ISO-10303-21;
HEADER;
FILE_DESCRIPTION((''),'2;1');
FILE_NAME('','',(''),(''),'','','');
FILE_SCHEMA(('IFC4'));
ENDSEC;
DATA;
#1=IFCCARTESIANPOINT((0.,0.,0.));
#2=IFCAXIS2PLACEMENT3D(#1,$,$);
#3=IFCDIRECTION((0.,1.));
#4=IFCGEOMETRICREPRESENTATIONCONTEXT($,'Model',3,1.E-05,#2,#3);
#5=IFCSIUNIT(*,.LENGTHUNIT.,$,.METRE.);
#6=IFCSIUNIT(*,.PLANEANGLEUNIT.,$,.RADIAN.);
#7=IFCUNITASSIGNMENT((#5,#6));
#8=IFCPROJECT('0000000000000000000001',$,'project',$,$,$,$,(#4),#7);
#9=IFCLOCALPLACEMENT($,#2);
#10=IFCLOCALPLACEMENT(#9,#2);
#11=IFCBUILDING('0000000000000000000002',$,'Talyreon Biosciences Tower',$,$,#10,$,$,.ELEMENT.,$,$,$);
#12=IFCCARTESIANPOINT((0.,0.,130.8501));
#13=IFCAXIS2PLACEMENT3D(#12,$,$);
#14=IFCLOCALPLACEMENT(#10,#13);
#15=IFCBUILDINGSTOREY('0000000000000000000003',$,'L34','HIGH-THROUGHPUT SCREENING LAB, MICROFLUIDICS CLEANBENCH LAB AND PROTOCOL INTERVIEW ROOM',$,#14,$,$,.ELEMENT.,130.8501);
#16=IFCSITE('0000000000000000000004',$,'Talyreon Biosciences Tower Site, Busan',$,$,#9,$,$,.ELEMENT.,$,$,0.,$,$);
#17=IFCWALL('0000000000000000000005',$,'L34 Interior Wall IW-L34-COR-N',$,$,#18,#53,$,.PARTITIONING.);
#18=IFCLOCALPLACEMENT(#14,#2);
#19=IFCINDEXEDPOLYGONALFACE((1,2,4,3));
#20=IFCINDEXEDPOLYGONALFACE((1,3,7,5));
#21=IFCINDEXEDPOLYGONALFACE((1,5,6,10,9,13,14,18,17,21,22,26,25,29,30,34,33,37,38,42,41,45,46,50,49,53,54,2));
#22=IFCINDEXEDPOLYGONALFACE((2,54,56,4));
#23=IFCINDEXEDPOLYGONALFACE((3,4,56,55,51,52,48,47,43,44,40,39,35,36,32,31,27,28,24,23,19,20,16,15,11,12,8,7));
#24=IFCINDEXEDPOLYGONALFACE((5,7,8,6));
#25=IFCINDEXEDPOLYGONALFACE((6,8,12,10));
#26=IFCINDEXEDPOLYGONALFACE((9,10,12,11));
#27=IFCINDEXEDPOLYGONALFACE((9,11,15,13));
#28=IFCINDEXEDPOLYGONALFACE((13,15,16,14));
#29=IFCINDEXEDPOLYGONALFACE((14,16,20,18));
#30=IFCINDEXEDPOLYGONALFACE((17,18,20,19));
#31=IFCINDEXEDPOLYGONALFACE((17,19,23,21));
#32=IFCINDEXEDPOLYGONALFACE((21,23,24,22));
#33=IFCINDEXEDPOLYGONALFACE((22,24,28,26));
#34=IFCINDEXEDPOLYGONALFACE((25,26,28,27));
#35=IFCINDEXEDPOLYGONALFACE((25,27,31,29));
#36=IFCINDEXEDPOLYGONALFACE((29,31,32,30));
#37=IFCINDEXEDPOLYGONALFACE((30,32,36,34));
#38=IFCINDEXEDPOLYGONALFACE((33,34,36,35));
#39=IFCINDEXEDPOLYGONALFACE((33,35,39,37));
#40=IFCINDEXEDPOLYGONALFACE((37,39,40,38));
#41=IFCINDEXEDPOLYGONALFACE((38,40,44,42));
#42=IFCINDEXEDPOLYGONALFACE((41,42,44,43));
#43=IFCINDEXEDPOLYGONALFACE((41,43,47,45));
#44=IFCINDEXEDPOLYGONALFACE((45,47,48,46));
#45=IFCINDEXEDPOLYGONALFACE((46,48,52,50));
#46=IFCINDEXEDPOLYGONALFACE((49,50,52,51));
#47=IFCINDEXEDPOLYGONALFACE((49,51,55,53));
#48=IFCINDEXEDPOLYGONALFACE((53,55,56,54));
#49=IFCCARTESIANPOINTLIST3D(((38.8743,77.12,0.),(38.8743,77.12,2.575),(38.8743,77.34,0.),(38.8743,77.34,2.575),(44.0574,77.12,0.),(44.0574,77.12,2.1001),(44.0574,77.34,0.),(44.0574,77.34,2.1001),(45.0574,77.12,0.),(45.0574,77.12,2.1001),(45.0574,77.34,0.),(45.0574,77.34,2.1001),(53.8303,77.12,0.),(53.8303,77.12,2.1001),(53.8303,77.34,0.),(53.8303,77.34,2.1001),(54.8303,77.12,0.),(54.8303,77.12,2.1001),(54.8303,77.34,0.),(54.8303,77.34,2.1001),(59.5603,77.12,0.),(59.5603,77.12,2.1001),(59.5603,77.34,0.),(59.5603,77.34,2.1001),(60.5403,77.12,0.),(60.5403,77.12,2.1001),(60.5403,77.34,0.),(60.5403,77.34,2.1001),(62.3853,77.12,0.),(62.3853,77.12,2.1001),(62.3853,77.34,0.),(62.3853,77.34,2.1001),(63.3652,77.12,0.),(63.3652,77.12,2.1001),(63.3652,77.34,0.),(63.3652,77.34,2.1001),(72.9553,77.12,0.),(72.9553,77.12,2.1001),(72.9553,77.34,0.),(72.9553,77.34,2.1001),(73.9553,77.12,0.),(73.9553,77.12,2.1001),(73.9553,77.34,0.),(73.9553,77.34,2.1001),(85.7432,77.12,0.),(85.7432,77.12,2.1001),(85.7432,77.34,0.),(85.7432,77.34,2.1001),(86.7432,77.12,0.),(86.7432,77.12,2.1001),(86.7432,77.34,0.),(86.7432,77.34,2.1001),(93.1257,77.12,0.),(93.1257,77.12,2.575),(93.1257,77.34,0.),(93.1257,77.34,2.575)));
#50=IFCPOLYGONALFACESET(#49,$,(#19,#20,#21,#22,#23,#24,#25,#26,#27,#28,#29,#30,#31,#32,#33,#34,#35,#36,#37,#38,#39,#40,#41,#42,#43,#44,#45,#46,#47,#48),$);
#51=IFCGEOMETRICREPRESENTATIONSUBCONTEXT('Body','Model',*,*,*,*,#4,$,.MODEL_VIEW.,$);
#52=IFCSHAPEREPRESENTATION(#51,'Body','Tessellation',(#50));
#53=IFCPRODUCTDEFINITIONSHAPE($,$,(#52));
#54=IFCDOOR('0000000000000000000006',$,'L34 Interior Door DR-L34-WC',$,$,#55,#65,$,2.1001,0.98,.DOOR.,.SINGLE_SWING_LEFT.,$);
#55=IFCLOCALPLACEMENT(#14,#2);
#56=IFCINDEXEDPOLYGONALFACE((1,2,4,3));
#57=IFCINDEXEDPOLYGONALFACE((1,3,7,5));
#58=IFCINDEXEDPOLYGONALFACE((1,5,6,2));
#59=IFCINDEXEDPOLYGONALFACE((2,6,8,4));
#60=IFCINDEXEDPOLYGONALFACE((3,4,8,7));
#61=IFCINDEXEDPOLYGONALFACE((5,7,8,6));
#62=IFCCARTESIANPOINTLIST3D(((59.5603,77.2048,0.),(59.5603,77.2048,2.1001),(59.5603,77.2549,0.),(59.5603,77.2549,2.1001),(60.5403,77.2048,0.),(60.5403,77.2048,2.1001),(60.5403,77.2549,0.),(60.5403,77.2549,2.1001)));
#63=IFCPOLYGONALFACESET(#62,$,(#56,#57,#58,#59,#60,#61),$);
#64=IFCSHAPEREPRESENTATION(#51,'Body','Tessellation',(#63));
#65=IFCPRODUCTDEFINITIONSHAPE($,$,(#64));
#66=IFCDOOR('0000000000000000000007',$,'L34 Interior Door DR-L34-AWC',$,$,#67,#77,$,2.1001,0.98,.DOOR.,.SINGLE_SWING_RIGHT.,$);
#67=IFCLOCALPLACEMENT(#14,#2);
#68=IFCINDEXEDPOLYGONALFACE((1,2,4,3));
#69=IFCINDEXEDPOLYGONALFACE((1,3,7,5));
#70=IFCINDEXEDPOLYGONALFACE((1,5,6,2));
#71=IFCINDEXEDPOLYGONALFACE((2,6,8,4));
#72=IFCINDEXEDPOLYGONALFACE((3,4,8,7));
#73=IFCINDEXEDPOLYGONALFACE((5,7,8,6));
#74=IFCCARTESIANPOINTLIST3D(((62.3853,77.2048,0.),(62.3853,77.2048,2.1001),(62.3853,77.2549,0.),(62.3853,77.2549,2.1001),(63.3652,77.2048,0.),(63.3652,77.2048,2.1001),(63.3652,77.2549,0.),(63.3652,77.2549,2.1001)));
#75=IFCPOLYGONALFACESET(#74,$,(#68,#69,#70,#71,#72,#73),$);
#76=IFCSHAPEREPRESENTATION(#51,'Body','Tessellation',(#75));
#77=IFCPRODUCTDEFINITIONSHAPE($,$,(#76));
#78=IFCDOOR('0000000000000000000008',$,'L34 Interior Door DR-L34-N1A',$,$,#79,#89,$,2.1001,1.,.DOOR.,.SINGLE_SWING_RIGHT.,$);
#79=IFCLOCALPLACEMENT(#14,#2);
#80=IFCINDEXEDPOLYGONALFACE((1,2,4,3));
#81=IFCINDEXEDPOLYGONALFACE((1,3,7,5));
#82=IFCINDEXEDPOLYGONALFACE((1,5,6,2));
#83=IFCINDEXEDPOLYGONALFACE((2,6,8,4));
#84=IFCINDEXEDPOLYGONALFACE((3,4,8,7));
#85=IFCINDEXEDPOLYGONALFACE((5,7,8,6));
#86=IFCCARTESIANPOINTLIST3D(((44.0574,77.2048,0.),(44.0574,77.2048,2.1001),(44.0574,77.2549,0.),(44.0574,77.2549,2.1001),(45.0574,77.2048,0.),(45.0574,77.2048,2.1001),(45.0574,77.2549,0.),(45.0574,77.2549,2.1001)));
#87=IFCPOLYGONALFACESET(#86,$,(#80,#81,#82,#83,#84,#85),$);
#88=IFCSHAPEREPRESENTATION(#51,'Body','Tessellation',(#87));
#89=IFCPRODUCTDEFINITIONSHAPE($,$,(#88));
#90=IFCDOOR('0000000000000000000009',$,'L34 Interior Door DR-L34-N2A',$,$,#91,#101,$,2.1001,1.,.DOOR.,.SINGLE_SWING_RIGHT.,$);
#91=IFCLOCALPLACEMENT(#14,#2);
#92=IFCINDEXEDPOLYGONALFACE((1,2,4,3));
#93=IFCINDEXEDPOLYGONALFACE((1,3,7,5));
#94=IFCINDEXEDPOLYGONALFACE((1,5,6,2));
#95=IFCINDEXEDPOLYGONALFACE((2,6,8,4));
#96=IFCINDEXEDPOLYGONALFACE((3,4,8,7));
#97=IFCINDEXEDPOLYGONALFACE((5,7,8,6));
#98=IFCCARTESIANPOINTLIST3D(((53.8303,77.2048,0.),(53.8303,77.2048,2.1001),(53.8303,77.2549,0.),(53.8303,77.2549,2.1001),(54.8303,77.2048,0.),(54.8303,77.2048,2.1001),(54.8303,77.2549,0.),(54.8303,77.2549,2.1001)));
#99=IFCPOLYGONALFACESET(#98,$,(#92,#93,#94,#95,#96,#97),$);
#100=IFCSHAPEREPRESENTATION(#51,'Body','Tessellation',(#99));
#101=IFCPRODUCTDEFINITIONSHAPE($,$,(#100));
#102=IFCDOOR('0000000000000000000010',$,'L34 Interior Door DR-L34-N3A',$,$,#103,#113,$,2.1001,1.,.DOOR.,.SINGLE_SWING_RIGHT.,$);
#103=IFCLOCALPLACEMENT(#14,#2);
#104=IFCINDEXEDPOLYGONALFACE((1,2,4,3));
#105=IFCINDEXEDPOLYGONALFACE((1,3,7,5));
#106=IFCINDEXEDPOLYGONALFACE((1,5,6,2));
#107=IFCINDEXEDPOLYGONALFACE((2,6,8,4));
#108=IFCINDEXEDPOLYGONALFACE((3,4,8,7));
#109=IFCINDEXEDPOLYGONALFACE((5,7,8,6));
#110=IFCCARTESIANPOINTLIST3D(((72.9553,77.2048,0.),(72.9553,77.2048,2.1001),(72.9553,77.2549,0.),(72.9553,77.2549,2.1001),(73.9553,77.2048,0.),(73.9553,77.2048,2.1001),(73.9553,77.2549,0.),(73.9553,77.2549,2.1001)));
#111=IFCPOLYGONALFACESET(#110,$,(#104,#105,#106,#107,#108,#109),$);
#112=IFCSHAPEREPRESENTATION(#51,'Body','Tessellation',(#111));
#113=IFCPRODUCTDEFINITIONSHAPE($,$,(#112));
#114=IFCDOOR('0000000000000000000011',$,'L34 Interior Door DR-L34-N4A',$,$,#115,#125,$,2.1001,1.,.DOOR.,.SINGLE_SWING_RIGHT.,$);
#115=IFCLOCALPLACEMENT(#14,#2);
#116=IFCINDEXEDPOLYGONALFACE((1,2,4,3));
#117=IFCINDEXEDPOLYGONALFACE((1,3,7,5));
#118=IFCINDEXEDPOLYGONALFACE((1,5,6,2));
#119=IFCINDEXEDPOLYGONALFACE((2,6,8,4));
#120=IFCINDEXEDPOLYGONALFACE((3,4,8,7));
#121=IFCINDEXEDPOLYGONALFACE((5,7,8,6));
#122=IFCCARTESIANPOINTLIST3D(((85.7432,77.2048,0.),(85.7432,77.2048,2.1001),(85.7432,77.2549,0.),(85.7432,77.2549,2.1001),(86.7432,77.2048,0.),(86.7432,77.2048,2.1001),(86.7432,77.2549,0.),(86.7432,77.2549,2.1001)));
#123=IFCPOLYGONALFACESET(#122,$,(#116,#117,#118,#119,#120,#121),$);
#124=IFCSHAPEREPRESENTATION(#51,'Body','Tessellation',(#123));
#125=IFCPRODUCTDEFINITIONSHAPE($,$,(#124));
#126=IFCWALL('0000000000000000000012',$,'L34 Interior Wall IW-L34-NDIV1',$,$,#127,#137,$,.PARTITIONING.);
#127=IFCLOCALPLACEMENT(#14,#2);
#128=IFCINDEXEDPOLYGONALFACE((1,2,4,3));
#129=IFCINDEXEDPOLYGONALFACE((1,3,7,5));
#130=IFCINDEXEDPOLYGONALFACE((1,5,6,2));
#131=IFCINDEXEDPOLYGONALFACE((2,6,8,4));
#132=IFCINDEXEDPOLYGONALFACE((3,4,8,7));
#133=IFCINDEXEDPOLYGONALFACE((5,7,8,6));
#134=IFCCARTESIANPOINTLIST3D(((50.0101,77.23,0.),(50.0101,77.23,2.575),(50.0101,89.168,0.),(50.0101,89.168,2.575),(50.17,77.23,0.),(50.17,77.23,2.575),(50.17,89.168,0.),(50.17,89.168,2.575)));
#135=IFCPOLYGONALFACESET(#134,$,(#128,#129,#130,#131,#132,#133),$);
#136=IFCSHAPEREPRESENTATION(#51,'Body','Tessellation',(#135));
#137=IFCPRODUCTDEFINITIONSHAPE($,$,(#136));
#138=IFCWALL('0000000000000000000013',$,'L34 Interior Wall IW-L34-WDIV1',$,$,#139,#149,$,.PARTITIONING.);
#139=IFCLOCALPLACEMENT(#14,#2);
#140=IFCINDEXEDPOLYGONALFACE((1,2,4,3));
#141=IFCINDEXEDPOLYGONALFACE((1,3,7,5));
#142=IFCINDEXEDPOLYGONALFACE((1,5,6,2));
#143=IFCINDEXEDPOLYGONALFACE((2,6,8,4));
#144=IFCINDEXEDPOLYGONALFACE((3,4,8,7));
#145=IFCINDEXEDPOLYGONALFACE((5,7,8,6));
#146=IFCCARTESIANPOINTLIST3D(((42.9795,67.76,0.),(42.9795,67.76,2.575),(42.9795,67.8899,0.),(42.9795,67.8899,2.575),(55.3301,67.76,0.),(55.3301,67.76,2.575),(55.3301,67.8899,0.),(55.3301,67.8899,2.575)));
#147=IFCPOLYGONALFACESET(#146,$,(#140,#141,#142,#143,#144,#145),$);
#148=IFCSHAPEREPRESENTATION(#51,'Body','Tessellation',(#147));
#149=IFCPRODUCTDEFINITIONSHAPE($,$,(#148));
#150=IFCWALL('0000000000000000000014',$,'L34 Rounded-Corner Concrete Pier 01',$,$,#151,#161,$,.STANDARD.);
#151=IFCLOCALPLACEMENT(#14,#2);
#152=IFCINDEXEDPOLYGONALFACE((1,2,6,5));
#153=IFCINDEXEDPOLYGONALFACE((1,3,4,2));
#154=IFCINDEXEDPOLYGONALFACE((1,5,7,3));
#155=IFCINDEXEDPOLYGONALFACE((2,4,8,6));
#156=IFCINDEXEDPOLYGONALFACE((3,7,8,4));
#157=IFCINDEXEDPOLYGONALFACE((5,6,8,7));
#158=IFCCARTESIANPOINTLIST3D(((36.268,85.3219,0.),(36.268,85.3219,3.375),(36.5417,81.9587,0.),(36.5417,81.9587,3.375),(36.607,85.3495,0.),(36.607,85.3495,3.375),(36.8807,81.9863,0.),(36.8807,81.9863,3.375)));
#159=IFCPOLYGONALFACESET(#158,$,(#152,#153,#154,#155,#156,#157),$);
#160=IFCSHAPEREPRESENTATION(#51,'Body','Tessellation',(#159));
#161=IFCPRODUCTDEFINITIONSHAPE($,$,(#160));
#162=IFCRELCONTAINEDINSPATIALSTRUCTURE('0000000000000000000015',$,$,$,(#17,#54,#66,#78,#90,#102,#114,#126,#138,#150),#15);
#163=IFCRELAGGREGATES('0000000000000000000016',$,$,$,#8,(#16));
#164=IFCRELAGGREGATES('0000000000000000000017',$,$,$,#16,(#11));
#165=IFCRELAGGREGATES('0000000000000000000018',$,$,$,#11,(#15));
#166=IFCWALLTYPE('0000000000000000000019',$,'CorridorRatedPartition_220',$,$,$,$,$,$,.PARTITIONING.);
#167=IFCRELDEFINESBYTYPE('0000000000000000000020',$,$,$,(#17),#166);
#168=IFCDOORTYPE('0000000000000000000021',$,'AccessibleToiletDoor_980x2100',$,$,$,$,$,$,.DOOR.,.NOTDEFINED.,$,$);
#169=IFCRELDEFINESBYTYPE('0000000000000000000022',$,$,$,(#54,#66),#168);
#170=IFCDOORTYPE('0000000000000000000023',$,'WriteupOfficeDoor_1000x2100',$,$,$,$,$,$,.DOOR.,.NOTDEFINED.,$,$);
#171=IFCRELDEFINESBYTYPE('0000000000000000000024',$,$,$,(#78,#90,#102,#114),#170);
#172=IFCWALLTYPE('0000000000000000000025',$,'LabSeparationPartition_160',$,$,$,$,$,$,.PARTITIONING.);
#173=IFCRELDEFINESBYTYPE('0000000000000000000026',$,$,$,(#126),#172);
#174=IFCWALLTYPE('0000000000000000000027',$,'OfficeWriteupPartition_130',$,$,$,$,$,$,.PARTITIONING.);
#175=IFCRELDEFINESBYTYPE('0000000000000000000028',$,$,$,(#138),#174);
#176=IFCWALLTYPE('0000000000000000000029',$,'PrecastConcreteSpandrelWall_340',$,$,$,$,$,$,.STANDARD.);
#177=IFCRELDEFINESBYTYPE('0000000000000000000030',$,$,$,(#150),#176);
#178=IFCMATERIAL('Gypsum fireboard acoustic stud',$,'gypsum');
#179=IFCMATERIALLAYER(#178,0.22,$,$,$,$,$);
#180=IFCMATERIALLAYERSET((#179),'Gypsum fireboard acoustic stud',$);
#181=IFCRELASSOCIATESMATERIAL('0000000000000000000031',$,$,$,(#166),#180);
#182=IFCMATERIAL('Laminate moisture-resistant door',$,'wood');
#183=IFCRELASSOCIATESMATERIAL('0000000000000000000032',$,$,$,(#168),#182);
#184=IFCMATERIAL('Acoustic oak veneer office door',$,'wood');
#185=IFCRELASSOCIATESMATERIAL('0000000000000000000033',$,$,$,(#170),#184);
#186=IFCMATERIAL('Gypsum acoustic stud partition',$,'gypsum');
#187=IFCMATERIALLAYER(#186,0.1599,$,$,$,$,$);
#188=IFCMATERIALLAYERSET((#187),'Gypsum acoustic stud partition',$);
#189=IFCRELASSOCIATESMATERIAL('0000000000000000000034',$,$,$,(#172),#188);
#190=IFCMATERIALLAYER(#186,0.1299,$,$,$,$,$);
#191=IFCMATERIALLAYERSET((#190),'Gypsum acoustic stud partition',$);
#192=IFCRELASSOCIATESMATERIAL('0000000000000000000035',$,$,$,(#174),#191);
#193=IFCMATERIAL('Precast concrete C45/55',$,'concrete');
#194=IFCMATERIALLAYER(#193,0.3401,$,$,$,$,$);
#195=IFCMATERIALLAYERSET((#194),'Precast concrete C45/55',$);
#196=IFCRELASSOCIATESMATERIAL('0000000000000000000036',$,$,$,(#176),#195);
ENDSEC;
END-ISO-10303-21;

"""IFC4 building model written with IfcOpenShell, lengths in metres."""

from ifc_helpers import new_model, si_unit, direction, frame, frame_2d, origin, place, context, subcontext, project, spatial, rectangle, extrude, material, layer, layer_set, type_object, element, fill, save


model = new_model("IFC4")

# Units and contexts
model_context = context("Model", 3, precision=1e-05, world=origin(), true_north=direction((0.0, 1.0)))
body_context = subcontext(model_context, "Body", "Model", "MODEL_VIEW")
ifc_project = project(units=[si_unit("LENGTHUNIT", "METRE"), si_unit("PLANEANGLEUNIT", "RADIAN")], contexts=[model_context])

# Site, building, storey
site_placement = place(None, origin())
site = spatial("IfcSite", under=ifc_project, at=site_placement, Name="Talyreon Biosciences Tower Site, Busan", CompositionType="ELEMENT", RefElevation=0.0)
building_placement = place(site_placement, origin())
building = spatial("IfcBuilding", under=site, at=building_placement, Name="Talyreon Biosciences Tower", CompositionType="ELEMENT")
storey_placement = place(building_placement, frame((0.0, 0.0, 130.8501)))
storey = spatial("IfcBuildingStorey", under=building, at=storey_placement, Name="L34", Description="HIGH-THROUGHPUT SCREENING LAB, MICROFLUIDICS CLEANBENCH LAB AND PROTOCOL INTERVIEW ROOM", CompositionType="ELEMENT", Elevation=130.8501)

# Shared definitions
ifc_material_1 = material(Name="Precast concrete C45/55", Category="concrete")

# Wall, openings, doors
ifc_material_2 = material(Name="Gypsum fireboard acoustic stud", Category="gypsum")
ifc_layer_1 = layer(ifc_material_2, 0.22)
ifc_layer_set_1 = layer_set([ifc_layer_1], Name="Gypsum fireboard acoustic stud")
wall_type_1 = type_object("IfcWallType", Name="CorridorRatedPartition_220", PredefinedType="PARTITIONING", material=ifc_layer_set_1)
wall_1_placement = place(storey_placement, frame((38.8743, 77.23, 0.0), z_axis=(0.0, 0.0, 1.0), x_axis=(1.0, 0.0, 0.0)))
wall_1 = element("IfcWall", 1, at=wall_1_placement, inside=storey, type_object=wall_type_1, Name="L34 Interior Wall IW-L34-COR-N", PredefinedType="PARTITIONING", context=body_context, shape_type="SweptSolid", body=[
    extrude(rectangle(XDim=54.2515, YDim=0.22, at=frame_2d((27.1257, 0.0))), origin(), (0.0, 0.0, 1.0), 2.575),
])
opening_1_placement = place(wall_1_placement, frame((20.686, 0.0, 0.0)))
opening_1 = element("IfcOpeningElement", 2, at=opening_1_placement, cuts=wall_1, PredefinedType="OPENING", context=body_context, shape_type="SweptSolid", body=[
    extrude(rectangle(XDim=0.98, YDim=2.1001, at=frame_2d((0.49, 1.05))), frame((0.0, 0.1199, 0.0), z_axis=(0.0, -1.0, 0.0), x_axis=(1.0, 0.0, 0.0)), (0.0, 0.0, 1.0), 0.24),
])
opening_2_placement = place(wall_1_placement, frame((23.511, 0.0, 0.0)))
opening_2 = element("IfcOpeningElement", 3, at=opening_2_placement, cuts=wall_1, PredefinedType="OPENING", context=body_context, shape_type="SweptSolid", body=[
    extrude(rectangle(XDim=0.98, YDim=2.1001, at=frame_2d((0.49, 1.05))), frame((0.0, 0.1199, 0.0), z_axis=(0.0, -1.0, 0.0), x_axis=(1.0, 0.0, 0.0)), (0.0, 0.0, 1.0), 0.24),
])
opening_3_placement = place(wall_1_placement, frame((5.1831, 0.0, 0.0)))
opening_3 = element("IfcOpeningElement", 4, at=opening_3_placement, cuts=wall_1, PredefinedType="OPENING", context=body_context, shape_type="SweptSolid", body=[
    extrude(rectangle(XDim=1.0, YDim=2.1001, at=frame_2d((0.5, 1.05))), frame((0.0, 0.1199, 0.0), z_axis=(0.0, -1.0, 0.0), x_axis=(1.0, 0.0, 0.0)), (0.0, 0.0, 1.0), 0.24),
])
opening_4_placement = place(wall_1_placement, frame((14.9561, 0.0, 0.0)))
opening_4 = element("IfcOpeningElement", 5, at=opening_4_placement, cuts=wall_1, PredefinedType="OPENING", context=body_context, shape_type="SweptSolid", body=[
    extrude(rectangle(XDim=1.0, YDim=2.1001, at=frame_2d((0.5, 1.05))), frame((0.0, 0.1199, 0.0), z_axis=(0.0, -1.0, 0.0), x_axis=(1.0, 0.0, 0.0)), (0.0, 0.0, 1.0), 0.24),
])
opening_5_placement = place(wall_1_placement, frame((34.0811, 0.0, 0.0)))
opening_5 = element("IfcOpeningElement", 6, at=opening_5_placement, cuts=wall_1, PredefinedType="OPENING", context=body_context, shape_type="SweptSolid", body=[
    extrude(rectangle(XDim=1.0, YDim=2.1001, at=frame_2d((0.5, 1.05))), frame((0.0, 0.1199, 0.0), z_axis=(0.0, -1.0, 0.0), x_axis=(1.0, 0.0, 0.0)), (0.0, 0.0, 1.0), 0.24),
])
opening_6_placement = place(wall_1_placement, frame((46.8689, 0.0, 0.0)))
opening_6 = element("IfcOpeningElement", 7, at=opening_6_placement, cuts=wall_1, PredefinedType="OPENING", context=body_context, shape_type="SweptSolid", body=[
    extrude(rectangle(XDim=1.0, YDim=2.1001, at=frame_2d((0.5, 1.05))), frame((0.0, 0.1199, 0.0), z_axis=(0.0, -1.0, 0.0), x_axis=(1.0, 0.0, 0.0)), (0.0, 0.0, 1.0), 0.24),
])
ifc_material_3 = material(Name="Laminate moisture-resistant door", Category="wood")
door_type_1 = type_object("IfcDoorType", Name="AccessibleToiletDoor_980x2100", OperationType="NOTDEFINED", PredefinedType="DOOR", material=ifc_material_3)
door_1_placement = place(opening_1_placement, origin())
door_1 = element("IfcDoor", 8, at=door_1_placement, inside=storey, type_object=door_type_1, Name="L34 Interior Door DR-L34-WC", OperationType="SINGLE_SWING_LEFT", OverallHeight=2.1001, OverallWidth=0.98, PredefinedType="DOOR", context=body_context, shape_type="SweptSolid", body=[
    extrude(rectangle(XDim=0.98, YDim=2.1001, at=frame_2d((0.49, 1.05))), frame((0.0, 0.0249, 0.0), z_axis=(0.0, -1.0, 0.0), x_axis=(1.0, 0.0, 0.0)), (0.0, 0.0, 1.0), 0.05),
])
fill(opening_1, door_1)
door_2_placement = place(opening_2_placement, origin())
door_2 = element("IfcDoor", 9, at=door_2_placement, inside=storey, type_object=door_type_1, Name="L34 Interior Door DR-L34-AWC", OperationType="SINGLE_SWING_RIGHT", OverallHeight=2.1001, OverallWidth=0.98, PredefinedType="DOOR", context=body_context, shape_type="SweptSolid", body=[
    extrude(rectangle(XDim=0.98, YDim=2.1001, at=frame_2d((0.49, 1.05))), frame((0.0, 0.0249, 0.0), z_axis=(0.0, -1.0, 0.0), x_axis=(1.0, 0.0, 0.0)), (0.0, 0.0, 1.0), 0.05),
])
fill(opening_2, door_2)
ifc_material_4 = material(Name="Acoustic oak veneer office door", Category="wood")
door_type_2 = type_object("IfcDoorType", Name="WriteupOfficeDoor_1000x2100", OperationType="NOTDEFINED", PredefinedType="DOOR", material=ifc_material_4)
door_3_placement = place(opening_3_placement, origin())
door_3 = element("IfcDoor", 10, at=door_3_placement, inside=storey, type_object=door_type_2, Name="L34 Interior Door DR-L34-N1A", OperationType="SINGLE_SWING_RIGHT", OverallHeight=2.1001, OverallWidth=1.0, PredefinedType="DOOR", context=body_context, shape_type="SweptSolid", body=[
    extrude(rectangle(XDim=1.0, YDim=2.1001, at=frame_2d((0.5, 1.05))), frame((0.0, 0.0249, 0.0), z_axis=(0.0, -1.0, 0.0), x_axis=(1.0, 0.0, 0.0)), (0.0, 0.0, 1.0), 0.05),
])
fill(opening_3, door_3)
door_4_placement = place(opening_4_placement, origin())
door_4 = element("IfcDoor", 11, at=door_4_placement, inside=storey, type_object=door_type_2, Name="L34 Interior Door DR-L34-N2A", OperationType="SINGLE_SWING_RIGHT", OverallHeight=2.1001, OverallWidth=1.0, PredefinedType="DOOR", context=body_context, shape_type="SweptSolid", body=[
    extrude(rectangle(XDim=1.0, YDim=2.1001, at=frame_2d((0.5, 1.05))), frame((0.0, 0.0249, 0.0), z_axis=(0.0, -1.0, 0.0), x_axis=(1.0, 0.0, 0.0)), (0.0, 0.0, 1.0), 0.05),
])
fill(opening_4, door_4)
door_5_placement = place(opening_5_placement, origin())
door_5 = element("IfcDoor", 12, at=door_5_placement, inside=storey, type_object=door_type_2, Name="L34 Interior Door DR-L34-N3A", OperationType="SINGLE_SWING_RIGHT", OverallHeight=2.1001, OverallWidth=1.0, PredefinedType="DOOR", context=body_context, shape_type="SweptSolid", body=[
    extrude(rectangle(XDim=1.0, YDim=2.1001, at=frame_2d((0.5, 1.05))), frame((0.0, 0.0249, 0.0), z_axis=(0.0, -1.0, 0.0), x_axis=(1.0, 0.0, 0.0)), (0.0, 0.0, 1.0), 0.05),
])
fill(opening_5, door_5)
door_6_placement = place(opening_6_placement, origin())
door_6 = element("IfcDoor", 13, at=door_6_placement, inside=storey, type_object=door_type_2, Name="L34 Interior Door DR-L34-N4A", OperationType="SINGLE_SWING_RIGHT", OverallHeight=2.1001, OverallWidth=1.0, PredefinedType="DOOR", context=body_context, shape_type="SweptSolid", body=[
    extrude(rectangle(XDim=1.0, YDim=2.1001, at=frame_2d((0.5, 1.05))), frame((0.0, 0.0249, 0.0), z_axis=(0.0, -1.0, 0.0), x_axis=(1.0, 0.0, 0.0)), (0.0, 0.0, 1.0), 0.05),
])
fill(opening_6, door_6)

# Walls
ifc_material_5 = material(Name="Gypsum acoustic stud partition", Category="gypsum")
ifc_layer_2 = layer(ifc_material_5, 0.1599)
ifc_layer_set_2 = layer_set([ifc_layer_2], Name="Gypsum acoustic stud partition")
wall_type_2 = type_object("IfcWallType", Name="LabSeparationPartition_160", PredefinedType="PARTITIONING", material=ifc_layer_set_2)
wall_2_placement = place(storey_placement, frame((50.0901, 77.23, 0.0), z_axis=(0.0, 0.0, 1.0), x_axis=(0.0, 1.0, 0.0)))
element("IfcWall", 14, at=wall_2_placement, inside=storey, type_object=wall_type_2, Name="L34 Interior Wall IW-L34-NDIV1", PredefinedType="PARTITIONING", context=body_context, shape_type="SweptSolid", body=[
    extrude(rectangle(XDim=11.938, YDim=0.1599, at=frame_2d((5.969, 0.0))), origin(), (0.0, 0.0, 1.0), 2.575),
])
ifc_layer_3 = layer(ifc_material_5, 0.1299)
ifc_layer_set_3 = layer_set([ifc_layer_3], Name="Gypsum acoustic stud partition")
wall_type_3 = type_object("IfcWallType", Name="OfficeWriteupPartition_130", PredefinedType="PARTITIONING", material=ifc_layer_set_3)
wall_3_placement = place(storey_placement, frame((42.9795, 67.825, 0.0), z_axis=(0.0, 0.0, 1.0), x_axis=(1.0, 0.0, 0.0)))
element("IfcWall", 15, at=wall_3_placement, inside=storey, type_object=wall_type_3, Name="L34 Interior Wall IW-L34-WDIV1", PredefinedType="PARTITIONING", context=body_context, shape_type="SweptSolid", body=[
    extrude(rectangle(XDim=12.3506, YDim=0.1299, at=frame_2d((6.1753, 0.0))), origin(), (0.0, 0.0, 1.0), 2.575),
])
ifc_layer_4 = layer(ifc_material_1, 0.3401)
ifc_layer_set_4 = layer_set([ifc_layer_4], Name="Precast concrete C45/55")
wall_type_4 = type_object("IfcWallType", Name="PrecastConcreteSpandrelWall_340", PredefinedType="STANDARD", material=ifc_layer_set_4)
wall_4_placement = place(storey_placement, frame((36.7112, 81.9727, 0.0), z_axis=(0.0, 0.0, 1.0), x_axis=(-0.081111, 0.996705, 0.0)))
element("IfcWall", 16, at=wall_4_placement, inside=storey, type_object=wall_type_4, Name="L34 Rounded-Corner Concrete Pier 01", PredefinedType="STANDARD", context=body_context, shape_type="SweptSolid", body=[
    extrude(rectangle(XDim=3.3743, YDim=0.3401, at=frame_2d((1.687, 0.0))), origin(), (0.0, 0.0, 1.0), 3.375),
])

save(model, "model.ifc")
